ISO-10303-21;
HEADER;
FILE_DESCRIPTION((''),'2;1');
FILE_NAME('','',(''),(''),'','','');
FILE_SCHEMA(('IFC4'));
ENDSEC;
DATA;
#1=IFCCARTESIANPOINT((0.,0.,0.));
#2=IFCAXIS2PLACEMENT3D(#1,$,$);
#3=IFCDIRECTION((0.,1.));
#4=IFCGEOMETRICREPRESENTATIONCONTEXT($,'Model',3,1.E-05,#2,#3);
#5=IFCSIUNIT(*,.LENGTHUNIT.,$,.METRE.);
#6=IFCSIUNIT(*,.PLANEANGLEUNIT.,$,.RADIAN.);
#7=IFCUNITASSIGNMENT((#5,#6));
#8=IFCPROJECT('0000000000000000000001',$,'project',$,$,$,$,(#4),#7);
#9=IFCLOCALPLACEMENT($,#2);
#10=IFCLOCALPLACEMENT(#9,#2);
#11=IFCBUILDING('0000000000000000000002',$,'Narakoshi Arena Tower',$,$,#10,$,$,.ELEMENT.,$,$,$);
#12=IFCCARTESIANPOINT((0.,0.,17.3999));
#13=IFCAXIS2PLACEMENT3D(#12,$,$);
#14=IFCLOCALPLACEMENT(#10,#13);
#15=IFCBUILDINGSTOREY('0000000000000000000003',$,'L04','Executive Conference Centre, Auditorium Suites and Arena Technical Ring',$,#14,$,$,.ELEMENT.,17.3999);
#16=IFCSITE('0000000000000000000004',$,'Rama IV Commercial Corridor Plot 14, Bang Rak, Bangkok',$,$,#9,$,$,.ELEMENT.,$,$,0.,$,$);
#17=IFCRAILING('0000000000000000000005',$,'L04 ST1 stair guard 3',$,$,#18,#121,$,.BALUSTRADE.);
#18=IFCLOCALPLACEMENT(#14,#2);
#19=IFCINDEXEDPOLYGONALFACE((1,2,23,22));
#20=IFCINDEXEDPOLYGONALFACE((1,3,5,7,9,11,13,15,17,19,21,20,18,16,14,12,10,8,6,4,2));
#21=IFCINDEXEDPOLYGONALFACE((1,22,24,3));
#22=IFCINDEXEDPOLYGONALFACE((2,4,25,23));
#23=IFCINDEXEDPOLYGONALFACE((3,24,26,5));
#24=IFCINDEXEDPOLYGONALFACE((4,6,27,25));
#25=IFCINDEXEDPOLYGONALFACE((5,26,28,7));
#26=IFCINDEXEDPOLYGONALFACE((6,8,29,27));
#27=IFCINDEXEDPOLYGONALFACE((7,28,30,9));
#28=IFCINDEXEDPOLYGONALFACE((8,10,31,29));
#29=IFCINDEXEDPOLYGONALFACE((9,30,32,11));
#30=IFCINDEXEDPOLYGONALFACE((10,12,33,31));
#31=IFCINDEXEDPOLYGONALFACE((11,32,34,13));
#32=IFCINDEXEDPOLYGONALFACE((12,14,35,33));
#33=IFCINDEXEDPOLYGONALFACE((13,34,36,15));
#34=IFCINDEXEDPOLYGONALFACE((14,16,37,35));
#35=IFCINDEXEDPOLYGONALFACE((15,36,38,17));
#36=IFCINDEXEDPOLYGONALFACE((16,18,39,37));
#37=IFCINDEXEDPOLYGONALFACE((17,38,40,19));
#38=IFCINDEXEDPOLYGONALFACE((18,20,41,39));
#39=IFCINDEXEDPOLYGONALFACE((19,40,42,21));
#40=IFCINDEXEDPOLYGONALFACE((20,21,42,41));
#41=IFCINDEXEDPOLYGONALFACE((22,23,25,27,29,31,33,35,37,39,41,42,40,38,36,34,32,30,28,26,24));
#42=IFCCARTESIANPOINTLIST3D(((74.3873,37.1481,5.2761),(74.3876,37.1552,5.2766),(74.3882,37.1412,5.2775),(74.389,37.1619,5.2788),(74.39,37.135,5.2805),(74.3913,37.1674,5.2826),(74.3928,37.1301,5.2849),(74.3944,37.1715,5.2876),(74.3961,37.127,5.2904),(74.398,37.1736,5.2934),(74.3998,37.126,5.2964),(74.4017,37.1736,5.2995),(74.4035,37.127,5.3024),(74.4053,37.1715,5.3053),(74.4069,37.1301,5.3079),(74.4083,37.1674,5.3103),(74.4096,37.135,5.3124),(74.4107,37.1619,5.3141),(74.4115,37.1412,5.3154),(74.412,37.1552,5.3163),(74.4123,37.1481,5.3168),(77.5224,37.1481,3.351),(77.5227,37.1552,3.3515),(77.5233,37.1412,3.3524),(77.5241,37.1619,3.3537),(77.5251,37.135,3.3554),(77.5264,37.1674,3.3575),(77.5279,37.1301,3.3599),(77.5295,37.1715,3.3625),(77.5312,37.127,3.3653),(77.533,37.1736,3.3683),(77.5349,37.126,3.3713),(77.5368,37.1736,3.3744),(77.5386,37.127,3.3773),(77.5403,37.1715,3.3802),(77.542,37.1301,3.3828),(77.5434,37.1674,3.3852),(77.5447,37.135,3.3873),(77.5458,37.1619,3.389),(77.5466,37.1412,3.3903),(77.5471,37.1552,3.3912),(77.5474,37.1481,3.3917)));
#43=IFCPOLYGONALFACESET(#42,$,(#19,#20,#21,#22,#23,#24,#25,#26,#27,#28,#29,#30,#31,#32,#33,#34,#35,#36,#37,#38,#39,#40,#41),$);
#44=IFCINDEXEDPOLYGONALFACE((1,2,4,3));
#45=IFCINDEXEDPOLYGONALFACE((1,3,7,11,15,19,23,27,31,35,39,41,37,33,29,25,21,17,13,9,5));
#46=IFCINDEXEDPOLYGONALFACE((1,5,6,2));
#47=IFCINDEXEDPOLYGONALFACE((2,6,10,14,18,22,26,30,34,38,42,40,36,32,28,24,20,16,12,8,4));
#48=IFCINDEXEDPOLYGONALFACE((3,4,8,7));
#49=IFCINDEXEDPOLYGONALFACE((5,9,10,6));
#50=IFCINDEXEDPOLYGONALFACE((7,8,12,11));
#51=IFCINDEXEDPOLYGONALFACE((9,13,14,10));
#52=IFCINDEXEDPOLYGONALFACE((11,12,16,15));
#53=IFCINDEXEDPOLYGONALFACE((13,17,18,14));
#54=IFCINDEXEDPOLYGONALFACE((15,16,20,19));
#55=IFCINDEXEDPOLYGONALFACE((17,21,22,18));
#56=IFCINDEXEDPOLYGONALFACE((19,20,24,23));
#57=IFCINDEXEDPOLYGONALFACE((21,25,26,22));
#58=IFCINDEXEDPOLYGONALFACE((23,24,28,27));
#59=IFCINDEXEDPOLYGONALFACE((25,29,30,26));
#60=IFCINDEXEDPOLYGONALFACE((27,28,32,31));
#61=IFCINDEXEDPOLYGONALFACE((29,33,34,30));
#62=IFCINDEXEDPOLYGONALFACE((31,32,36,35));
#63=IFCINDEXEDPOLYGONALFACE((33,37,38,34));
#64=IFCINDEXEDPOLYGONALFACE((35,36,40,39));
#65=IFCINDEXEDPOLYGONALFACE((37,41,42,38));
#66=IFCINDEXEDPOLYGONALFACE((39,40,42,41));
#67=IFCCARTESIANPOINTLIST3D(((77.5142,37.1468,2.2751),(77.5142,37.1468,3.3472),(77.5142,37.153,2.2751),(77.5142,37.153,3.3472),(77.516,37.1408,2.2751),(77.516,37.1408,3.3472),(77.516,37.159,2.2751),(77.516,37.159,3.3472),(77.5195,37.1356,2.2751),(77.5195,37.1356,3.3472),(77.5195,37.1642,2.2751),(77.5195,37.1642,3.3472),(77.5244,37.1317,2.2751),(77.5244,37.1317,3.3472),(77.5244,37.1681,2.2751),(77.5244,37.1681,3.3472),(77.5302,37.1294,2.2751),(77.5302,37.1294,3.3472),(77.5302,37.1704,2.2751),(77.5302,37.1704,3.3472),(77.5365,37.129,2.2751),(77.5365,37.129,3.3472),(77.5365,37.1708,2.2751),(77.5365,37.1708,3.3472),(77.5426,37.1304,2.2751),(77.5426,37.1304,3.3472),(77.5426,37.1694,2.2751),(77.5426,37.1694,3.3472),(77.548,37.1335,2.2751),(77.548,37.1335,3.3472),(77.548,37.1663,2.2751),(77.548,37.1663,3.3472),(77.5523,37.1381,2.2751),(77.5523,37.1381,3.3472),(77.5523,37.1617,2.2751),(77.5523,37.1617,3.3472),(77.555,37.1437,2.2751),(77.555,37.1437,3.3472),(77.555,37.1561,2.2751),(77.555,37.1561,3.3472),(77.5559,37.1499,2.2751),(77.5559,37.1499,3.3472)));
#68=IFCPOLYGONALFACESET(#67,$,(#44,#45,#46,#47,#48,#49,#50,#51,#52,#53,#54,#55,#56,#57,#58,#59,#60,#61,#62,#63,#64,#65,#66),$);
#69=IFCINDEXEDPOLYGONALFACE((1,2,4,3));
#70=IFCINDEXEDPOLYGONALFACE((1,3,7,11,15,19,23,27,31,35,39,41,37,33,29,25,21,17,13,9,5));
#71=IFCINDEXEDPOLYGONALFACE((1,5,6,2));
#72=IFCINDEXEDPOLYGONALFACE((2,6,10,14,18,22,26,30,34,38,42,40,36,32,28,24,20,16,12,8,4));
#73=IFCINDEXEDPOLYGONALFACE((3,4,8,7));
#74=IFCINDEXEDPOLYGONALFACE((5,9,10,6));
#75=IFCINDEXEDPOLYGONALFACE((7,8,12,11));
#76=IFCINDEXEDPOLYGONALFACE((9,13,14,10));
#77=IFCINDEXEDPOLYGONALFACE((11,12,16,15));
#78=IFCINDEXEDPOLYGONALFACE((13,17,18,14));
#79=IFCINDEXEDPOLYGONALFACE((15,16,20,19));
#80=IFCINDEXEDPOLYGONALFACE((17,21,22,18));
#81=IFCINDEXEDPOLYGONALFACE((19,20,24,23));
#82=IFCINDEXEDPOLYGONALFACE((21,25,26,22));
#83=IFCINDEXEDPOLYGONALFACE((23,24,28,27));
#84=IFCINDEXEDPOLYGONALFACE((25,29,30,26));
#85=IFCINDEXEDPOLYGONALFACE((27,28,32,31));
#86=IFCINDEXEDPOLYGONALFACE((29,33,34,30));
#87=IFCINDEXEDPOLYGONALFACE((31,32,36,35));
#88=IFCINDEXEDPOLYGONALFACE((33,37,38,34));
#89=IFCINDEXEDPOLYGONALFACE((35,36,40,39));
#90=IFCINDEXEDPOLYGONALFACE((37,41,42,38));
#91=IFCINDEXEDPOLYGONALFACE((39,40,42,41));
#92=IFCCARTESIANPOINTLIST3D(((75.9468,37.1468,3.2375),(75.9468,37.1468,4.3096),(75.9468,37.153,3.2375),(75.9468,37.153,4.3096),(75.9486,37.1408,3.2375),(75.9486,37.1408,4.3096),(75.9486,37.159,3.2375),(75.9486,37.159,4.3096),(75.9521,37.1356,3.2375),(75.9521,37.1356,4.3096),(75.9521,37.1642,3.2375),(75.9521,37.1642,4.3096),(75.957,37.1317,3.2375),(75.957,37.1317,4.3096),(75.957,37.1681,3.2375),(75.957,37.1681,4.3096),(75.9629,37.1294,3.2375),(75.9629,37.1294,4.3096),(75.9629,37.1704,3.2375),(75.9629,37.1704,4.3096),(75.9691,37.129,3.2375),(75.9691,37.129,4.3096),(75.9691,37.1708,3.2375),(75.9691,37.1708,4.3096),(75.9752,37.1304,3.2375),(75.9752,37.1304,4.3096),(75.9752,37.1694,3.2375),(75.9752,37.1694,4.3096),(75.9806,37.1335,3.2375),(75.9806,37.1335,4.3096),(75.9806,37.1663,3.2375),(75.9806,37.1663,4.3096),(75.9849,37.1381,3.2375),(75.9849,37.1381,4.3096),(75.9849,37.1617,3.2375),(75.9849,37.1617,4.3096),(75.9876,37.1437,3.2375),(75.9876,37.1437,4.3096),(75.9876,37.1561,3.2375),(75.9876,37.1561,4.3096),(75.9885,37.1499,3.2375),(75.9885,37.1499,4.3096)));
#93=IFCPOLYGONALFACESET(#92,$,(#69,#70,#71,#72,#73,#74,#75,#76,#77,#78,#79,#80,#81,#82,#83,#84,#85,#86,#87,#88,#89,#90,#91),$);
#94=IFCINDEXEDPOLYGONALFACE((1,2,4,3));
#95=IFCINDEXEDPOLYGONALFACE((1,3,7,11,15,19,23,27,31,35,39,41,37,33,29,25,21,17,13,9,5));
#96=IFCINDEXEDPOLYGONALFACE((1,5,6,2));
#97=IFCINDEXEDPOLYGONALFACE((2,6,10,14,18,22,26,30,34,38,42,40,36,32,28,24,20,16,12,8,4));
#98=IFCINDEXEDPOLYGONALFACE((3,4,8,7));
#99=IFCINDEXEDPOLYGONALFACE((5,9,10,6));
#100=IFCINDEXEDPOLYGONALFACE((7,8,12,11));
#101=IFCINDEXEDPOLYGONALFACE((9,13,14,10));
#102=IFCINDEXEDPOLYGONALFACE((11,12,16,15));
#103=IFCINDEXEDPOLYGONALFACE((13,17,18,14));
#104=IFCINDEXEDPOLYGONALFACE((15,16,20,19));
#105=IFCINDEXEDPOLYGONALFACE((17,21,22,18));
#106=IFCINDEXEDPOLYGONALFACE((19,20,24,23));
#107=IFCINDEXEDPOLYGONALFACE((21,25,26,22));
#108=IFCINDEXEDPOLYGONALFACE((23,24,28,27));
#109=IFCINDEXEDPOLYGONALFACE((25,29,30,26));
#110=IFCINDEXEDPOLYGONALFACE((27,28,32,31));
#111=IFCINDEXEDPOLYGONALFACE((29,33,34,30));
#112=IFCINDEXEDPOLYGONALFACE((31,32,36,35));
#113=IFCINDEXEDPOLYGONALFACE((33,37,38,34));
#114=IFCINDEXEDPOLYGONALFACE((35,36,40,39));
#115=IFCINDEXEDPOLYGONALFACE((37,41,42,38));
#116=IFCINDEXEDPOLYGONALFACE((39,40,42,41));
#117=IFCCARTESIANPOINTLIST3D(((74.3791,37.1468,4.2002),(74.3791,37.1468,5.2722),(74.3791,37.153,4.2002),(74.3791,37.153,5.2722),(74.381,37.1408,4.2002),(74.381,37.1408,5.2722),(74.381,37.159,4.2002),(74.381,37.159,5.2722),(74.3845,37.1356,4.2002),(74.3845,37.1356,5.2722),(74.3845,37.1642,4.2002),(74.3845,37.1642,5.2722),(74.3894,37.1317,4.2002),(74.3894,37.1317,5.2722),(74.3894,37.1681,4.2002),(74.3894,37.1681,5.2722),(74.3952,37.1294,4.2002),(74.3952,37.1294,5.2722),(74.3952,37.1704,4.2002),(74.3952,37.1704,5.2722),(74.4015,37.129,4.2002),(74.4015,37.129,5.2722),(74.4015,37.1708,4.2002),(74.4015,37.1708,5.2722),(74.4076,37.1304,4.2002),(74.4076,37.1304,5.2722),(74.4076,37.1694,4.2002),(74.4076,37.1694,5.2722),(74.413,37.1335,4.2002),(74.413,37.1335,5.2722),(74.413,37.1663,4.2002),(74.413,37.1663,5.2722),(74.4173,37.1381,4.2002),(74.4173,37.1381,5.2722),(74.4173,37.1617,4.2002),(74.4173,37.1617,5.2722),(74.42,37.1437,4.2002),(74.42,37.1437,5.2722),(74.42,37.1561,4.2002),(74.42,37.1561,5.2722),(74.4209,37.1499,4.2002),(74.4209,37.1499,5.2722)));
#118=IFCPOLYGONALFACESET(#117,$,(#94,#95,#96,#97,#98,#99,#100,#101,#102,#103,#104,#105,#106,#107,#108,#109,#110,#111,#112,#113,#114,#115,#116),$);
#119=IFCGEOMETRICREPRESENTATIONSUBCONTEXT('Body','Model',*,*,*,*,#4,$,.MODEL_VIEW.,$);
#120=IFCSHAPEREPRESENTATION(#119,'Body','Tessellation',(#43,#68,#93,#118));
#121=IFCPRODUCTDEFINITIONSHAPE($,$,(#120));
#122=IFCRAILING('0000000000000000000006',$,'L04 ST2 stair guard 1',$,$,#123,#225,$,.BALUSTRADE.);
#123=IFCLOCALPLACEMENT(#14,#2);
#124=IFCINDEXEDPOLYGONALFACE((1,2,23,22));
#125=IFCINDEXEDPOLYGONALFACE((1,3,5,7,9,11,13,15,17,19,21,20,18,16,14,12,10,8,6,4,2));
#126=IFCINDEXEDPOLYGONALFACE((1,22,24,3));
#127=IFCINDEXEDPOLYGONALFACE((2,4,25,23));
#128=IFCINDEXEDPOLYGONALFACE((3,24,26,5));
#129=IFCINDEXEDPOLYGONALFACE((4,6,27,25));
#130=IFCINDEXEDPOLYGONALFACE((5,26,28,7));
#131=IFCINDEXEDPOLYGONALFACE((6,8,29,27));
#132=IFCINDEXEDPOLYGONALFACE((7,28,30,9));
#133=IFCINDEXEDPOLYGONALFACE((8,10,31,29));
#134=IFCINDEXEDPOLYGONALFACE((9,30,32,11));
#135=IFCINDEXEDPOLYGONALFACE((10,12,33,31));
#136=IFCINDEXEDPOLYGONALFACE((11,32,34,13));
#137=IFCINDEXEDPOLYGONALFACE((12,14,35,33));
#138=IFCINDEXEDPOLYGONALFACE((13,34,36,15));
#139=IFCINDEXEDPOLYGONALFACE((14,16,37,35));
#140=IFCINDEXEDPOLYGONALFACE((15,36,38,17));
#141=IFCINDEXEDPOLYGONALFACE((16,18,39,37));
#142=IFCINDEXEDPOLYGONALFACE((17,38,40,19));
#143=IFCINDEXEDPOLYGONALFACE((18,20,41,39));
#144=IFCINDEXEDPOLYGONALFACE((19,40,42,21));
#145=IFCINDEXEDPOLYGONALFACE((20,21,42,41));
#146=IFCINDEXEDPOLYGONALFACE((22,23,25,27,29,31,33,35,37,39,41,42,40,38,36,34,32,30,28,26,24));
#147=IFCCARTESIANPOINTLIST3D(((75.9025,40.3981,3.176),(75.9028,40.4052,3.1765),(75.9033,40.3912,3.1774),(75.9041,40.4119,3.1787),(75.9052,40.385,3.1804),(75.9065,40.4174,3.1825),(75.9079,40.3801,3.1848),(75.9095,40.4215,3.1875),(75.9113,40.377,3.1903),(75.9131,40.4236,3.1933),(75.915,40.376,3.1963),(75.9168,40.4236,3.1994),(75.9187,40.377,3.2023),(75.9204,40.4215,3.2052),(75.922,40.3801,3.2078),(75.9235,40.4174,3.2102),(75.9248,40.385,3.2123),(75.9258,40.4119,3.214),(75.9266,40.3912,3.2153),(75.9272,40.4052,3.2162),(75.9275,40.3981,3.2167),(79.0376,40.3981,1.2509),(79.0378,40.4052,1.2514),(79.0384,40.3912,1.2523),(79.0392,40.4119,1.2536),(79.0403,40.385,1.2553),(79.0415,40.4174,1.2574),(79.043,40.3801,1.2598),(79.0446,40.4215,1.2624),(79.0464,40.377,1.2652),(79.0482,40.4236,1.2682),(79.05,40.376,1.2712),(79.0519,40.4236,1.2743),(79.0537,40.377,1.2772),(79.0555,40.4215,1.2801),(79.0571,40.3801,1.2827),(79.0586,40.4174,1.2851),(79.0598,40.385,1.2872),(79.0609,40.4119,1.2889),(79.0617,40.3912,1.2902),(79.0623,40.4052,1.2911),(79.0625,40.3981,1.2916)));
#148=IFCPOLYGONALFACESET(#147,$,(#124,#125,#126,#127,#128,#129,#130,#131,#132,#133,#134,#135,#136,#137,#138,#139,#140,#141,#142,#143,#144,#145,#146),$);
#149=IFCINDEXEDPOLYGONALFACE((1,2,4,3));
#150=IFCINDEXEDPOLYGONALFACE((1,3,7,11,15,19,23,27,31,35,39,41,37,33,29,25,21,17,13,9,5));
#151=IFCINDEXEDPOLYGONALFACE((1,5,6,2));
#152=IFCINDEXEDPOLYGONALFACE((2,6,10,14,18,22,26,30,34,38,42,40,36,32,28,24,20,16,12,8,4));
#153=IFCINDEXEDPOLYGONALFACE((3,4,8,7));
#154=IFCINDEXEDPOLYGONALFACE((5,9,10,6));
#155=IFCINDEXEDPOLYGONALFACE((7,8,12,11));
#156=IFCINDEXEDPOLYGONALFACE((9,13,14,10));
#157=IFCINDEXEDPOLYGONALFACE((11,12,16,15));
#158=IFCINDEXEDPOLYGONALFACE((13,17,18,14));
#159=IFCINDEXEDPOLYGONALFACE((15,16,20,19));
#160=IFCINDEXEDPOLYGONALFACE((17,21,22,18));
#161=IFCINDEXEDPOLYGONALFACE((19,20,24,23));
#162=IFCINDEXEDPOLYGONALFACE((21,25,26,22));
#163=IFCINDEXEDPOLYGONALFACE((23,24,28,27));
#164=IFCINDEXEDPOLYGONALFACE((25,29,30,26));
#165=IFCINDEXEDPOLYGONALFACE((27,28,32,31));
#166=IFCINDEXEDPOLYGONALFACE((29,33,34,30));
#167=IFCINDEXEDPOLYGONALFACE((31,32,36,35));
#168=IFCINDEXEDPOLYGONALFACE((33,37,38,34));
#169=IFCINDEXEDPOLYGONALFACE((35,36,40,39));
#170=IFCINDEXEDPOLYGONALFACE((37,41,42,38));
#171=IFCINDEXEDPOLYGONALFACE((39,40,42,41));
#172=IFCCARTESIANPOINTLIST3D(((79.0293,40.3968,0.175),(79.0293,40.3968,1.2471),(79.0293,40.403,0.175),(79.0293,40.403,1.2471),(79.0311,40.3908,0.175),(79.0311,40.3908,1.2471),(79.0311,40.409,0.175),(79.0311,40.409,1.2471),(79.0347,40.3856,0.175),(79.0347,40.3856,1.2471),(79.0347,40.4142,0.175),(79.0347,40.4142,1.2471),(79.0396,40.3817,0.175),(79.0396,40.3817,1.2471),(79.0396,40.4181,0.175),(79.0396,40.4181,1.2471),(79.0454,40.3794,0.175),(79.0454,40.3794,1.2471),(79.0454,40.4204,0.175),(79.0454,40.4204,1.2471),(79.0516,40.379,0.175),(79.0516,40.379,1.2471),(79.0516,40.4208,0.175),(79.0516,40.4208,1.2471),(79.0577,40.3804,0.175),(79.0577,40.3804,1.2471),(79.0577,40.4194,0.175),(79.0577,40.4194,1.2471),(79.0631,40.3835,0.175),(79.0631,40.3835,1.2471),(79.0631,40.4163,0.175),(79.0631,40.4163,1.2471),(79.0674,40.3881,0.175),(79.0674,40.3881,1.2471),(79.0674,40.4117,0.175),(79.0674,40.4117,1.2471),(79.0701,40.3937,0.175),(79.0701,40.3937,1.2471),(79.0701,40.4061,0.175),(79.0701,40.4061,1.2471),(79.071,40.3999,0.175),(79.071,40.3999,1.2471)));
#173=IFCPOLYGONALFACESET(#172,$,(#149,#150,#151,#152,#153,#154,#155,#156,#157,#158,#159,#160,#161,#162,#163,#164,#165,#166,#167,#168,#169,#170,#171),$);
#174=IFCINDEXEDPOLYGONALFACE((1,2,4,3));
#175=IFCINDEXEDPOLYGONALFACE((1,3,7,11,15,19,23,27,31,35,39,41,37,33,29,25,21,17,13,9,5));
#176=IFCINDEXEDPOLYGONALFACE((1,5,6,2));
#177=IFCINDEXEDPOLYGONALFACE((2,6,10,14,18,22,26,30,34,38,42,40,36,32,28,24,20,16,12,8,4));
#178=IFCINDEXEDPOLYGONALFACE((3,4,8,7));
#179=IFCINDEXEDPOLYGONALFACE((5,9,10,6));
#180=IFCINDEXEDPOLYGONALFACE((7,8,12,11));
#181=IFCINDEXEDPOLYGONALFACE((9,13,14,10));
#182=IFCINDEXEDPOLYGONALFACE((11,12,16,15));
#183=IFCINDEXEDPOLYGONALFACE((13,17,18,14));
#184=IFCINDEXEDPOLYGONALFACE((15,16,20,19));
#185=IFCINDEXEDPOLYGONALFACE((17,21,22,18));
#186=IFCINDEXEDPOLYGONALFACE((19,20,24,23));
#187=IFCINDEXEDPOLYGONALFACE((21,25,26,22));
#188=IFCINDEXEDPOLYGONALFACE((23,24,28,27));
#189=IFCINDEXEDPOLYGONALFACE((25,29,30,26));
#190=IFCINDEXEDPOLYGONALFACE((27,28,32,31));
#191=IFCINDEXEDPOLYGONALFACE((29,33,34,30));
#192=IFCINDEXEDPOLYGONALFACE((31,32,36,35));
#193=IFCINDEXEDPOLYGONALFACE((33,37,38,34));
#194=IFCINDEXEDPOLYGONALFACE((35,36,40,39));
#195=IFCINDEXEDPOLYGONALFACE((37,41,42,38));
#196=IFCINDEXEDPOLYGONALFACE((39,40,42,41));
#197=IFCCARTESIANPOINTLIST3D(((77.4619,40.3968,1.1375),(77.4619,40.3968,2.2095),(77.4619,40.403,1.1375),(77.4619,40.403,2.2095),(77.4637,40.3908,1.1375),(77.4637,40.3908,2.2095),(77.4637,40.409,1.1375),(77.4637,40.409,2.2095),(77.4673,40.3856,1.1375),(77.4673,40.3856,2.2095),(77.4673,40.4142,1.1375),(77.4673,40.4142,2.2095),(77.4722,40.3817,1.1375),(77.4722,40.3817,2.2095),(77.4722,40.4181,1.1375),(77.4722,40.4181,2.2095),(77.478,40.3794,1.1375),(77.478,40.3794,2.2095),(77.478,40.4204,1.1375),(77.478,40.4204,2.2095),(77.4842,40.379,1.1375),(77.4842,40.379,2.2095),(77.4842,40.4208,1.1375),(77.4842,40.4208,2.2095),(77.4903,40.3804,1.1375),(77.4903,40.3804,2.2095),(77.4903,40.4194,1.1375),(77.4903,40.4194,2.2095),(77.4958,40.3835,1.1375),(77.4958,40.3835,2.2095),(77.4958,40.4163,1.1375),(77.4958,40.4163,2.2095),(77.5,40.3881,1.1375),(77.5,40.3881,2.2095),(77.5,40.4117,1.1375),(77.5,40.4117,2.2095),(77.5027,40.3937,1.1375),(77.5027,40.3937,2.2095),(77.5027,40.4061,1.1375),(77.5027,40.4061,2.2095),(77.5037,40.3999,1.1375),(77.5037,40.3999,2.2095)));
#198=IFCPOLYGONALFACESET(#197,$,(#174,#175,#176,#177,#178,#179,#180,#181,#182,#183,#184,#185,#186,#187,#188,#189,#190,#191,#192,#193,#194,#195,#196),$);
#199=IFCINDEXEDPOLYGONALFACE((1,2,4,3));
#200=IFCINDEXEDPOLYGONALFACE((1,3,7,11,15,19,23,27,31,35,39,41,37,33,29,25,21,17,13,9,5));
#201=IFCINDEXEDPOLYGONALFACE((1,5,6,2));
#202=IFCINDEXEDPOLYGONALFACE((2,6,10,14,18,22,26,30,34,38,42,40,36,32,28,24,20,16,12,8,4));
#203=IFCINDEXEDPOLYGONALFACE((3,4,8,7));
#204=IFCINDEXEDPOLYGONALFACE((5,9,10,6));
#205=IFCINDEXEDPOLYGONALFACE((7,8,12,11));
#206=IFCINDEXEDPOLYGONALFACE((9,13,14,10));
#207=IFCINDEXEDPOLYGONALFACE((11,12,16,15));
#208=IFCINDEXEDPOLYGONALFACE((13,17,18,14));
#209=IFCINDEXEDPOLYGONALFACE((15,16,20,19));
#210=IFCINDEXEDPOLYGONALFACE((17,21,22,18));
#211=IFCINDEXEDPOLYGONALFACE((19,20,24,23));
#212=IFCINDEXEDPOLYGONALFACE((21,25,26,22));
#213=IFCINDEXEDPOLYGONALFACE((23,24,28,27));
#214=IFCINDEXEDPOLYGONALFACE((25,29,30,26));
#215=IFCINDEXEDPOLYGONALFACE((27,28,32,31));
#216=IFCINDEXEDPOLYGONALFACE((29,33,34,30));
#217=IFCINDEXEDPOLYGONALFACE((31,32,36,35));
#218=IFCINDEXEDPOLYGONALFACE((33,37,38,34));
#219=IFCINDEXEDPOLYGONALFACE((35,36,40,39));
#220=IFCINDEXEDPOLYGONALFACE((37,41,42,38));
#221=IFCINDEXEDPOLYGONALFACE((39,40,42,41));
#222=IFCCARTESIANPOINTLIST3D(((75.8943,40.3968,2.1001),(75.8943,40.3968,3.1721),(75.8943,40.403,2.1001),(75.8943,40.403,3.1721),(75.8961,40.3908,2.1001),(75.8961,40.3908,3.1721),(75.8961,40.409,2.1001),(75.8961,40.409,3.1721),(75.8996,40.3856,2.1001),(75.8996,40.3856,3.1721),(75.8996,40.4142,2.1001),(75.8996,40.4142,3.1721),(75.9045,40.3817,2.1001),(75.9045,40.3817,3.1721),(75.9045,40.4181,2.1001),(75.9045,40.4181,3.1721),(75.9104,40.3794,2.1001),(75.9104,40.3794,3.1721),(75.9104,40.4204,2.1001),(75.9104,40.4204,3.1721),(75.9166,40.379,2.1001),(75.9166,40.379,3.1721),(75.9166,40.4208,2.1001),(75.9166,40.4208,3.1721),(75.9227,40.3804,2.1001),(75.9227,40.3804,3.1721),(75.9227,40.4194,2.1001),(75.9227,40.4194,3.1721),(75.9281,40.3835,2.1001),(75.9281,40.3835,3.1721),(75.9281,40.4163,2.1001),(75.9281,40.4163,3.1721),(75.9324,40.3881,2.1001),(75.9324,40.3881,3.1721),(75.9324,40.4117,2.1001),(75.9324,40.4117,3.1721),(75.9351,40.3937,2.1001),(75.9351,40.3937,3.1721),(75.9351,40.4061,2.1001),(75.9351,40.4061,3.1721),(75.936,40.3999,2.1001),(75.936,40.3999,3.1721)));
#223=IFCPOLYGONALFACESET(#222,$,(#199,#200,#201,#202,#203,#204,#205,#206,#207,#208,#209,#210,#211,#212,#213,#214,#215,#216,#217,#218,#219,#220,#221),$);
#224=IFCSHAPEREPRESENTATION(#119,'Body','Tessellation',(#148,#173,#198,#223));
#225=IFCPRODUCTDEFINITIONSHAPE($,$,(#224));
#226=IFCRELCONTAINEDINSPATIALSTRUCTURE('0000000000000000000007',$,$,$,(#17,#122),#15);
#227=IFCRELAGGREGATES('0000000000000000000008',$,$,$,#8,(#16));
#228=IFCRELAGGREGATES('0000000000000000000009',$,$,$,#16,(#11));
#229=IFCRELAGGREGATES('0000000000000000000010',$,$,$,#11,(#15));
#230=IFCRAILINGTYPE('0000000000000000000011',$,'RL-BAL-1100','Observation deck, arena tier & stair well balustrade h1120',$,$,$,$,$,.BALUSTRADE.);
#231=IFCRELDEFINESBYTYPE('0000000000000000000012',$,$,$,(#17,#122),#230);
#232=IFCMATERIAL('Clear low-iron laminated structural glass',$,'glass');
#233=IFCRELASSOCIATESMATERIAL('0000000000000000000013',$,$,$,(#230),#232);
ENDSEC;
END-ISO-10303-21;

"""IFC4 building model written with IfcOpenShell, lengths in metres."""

from ifc_helpers import new_model, si_unit, direction, frame, origin, origin_2d, place, context, subcontext, project, spatial, circle, extrude, material, type_object, element, save


model = new_model("IFC4")

# Units and contexts
model_context = context("Model", 3, precision=1e-05, world=origin(), true_north=direction((0.0, 1.0)))
body_context = subcontext(model_context, "Body", "Model", "MODEL_VIEW")
ifc_project = project(units=[si_unit("LENGTHUNIT", "METRE"), si_unit("PLANEANGLEUNIT", "RADIAN")], contexts=[model_context])

# Site, building, storey
site_placement = place(None, origin())
site = spatial("IfcSite", under=ifc_project, at=site_placement, Name="Rama IV Commercial Corridor Plot 14, Bang Rak, Bangkok", CompositionType="ELEMENT", RefElevation=0.0)
building_placement = place(site_placement, origin())
building = spatial("IfcBuilding", under=site, at=building_placement, Name="Narakoshi Arena Tower", CompositionType="ELEMENT")
storey_placement = place(building_placement, frame((0.0, 0.0, 17.3999)))
storey = spatial("IfcBuildingStorey", under=building, at=storey_placement, Name="L04", Description="Executive Conference Centre, Auditorium Suites and Arena Technical Ring", CompositionType="ELEMENT", Elevation=17.3999)

# Railings
ifc_material_1 = material(Name="Clear low-iron laminated structural glass", Category="glass")
railing_type_1 = type_object("IfcRailingType", Name="RL-BAL-1100", Description="Observation deck, arena tier & stair well balustrade h1120", PredefinedType="BALUSTRADE", material=ifc_material_1)
for number, where, name in (
    (1, (77.5349, 37.1499, 2.2751), "L04 ST1 stair guard 3"),
    (2, (79.05, 40.3999, 0.175), "L04 ST2 stair guard 1"),
):
    element("IfcRailing", number, at=place(storey_placement, frame(where)), inside=storey, type_object=railing_type_1, Name=name, PredefinedType="BALUSTRADE", context=body_context, shape_type="SweptSolid", body=[
        extrude(circle(Radius=0.0239, at=origin_2d()), frame((0.0, 0.0, 1.0962), z_axis=(-0.852166, 0.0, 0.523271), x_axis=(0.0, -1.0, 0.0)), (0.0, 0.0, 1.0), 3.679),
        extrude(circle(Radius=0.021, at=origin_2d()), origin(), (0.0, 0.0, 1.0), 1.072),
        extrude(circle(Radius=0.021, at=origin_2d()), frame((-1.5674, 0.0, 0.9624)), (0.0, 0.0, 1.0), 1.072),
        extrude(circle(Radius=0.021, at=origin_2d()), frame((-3.135, 0.0, 1.925)), (0.0, 0.0, 1.0), 1.072),
    ])

save(model, "model.ifc")
